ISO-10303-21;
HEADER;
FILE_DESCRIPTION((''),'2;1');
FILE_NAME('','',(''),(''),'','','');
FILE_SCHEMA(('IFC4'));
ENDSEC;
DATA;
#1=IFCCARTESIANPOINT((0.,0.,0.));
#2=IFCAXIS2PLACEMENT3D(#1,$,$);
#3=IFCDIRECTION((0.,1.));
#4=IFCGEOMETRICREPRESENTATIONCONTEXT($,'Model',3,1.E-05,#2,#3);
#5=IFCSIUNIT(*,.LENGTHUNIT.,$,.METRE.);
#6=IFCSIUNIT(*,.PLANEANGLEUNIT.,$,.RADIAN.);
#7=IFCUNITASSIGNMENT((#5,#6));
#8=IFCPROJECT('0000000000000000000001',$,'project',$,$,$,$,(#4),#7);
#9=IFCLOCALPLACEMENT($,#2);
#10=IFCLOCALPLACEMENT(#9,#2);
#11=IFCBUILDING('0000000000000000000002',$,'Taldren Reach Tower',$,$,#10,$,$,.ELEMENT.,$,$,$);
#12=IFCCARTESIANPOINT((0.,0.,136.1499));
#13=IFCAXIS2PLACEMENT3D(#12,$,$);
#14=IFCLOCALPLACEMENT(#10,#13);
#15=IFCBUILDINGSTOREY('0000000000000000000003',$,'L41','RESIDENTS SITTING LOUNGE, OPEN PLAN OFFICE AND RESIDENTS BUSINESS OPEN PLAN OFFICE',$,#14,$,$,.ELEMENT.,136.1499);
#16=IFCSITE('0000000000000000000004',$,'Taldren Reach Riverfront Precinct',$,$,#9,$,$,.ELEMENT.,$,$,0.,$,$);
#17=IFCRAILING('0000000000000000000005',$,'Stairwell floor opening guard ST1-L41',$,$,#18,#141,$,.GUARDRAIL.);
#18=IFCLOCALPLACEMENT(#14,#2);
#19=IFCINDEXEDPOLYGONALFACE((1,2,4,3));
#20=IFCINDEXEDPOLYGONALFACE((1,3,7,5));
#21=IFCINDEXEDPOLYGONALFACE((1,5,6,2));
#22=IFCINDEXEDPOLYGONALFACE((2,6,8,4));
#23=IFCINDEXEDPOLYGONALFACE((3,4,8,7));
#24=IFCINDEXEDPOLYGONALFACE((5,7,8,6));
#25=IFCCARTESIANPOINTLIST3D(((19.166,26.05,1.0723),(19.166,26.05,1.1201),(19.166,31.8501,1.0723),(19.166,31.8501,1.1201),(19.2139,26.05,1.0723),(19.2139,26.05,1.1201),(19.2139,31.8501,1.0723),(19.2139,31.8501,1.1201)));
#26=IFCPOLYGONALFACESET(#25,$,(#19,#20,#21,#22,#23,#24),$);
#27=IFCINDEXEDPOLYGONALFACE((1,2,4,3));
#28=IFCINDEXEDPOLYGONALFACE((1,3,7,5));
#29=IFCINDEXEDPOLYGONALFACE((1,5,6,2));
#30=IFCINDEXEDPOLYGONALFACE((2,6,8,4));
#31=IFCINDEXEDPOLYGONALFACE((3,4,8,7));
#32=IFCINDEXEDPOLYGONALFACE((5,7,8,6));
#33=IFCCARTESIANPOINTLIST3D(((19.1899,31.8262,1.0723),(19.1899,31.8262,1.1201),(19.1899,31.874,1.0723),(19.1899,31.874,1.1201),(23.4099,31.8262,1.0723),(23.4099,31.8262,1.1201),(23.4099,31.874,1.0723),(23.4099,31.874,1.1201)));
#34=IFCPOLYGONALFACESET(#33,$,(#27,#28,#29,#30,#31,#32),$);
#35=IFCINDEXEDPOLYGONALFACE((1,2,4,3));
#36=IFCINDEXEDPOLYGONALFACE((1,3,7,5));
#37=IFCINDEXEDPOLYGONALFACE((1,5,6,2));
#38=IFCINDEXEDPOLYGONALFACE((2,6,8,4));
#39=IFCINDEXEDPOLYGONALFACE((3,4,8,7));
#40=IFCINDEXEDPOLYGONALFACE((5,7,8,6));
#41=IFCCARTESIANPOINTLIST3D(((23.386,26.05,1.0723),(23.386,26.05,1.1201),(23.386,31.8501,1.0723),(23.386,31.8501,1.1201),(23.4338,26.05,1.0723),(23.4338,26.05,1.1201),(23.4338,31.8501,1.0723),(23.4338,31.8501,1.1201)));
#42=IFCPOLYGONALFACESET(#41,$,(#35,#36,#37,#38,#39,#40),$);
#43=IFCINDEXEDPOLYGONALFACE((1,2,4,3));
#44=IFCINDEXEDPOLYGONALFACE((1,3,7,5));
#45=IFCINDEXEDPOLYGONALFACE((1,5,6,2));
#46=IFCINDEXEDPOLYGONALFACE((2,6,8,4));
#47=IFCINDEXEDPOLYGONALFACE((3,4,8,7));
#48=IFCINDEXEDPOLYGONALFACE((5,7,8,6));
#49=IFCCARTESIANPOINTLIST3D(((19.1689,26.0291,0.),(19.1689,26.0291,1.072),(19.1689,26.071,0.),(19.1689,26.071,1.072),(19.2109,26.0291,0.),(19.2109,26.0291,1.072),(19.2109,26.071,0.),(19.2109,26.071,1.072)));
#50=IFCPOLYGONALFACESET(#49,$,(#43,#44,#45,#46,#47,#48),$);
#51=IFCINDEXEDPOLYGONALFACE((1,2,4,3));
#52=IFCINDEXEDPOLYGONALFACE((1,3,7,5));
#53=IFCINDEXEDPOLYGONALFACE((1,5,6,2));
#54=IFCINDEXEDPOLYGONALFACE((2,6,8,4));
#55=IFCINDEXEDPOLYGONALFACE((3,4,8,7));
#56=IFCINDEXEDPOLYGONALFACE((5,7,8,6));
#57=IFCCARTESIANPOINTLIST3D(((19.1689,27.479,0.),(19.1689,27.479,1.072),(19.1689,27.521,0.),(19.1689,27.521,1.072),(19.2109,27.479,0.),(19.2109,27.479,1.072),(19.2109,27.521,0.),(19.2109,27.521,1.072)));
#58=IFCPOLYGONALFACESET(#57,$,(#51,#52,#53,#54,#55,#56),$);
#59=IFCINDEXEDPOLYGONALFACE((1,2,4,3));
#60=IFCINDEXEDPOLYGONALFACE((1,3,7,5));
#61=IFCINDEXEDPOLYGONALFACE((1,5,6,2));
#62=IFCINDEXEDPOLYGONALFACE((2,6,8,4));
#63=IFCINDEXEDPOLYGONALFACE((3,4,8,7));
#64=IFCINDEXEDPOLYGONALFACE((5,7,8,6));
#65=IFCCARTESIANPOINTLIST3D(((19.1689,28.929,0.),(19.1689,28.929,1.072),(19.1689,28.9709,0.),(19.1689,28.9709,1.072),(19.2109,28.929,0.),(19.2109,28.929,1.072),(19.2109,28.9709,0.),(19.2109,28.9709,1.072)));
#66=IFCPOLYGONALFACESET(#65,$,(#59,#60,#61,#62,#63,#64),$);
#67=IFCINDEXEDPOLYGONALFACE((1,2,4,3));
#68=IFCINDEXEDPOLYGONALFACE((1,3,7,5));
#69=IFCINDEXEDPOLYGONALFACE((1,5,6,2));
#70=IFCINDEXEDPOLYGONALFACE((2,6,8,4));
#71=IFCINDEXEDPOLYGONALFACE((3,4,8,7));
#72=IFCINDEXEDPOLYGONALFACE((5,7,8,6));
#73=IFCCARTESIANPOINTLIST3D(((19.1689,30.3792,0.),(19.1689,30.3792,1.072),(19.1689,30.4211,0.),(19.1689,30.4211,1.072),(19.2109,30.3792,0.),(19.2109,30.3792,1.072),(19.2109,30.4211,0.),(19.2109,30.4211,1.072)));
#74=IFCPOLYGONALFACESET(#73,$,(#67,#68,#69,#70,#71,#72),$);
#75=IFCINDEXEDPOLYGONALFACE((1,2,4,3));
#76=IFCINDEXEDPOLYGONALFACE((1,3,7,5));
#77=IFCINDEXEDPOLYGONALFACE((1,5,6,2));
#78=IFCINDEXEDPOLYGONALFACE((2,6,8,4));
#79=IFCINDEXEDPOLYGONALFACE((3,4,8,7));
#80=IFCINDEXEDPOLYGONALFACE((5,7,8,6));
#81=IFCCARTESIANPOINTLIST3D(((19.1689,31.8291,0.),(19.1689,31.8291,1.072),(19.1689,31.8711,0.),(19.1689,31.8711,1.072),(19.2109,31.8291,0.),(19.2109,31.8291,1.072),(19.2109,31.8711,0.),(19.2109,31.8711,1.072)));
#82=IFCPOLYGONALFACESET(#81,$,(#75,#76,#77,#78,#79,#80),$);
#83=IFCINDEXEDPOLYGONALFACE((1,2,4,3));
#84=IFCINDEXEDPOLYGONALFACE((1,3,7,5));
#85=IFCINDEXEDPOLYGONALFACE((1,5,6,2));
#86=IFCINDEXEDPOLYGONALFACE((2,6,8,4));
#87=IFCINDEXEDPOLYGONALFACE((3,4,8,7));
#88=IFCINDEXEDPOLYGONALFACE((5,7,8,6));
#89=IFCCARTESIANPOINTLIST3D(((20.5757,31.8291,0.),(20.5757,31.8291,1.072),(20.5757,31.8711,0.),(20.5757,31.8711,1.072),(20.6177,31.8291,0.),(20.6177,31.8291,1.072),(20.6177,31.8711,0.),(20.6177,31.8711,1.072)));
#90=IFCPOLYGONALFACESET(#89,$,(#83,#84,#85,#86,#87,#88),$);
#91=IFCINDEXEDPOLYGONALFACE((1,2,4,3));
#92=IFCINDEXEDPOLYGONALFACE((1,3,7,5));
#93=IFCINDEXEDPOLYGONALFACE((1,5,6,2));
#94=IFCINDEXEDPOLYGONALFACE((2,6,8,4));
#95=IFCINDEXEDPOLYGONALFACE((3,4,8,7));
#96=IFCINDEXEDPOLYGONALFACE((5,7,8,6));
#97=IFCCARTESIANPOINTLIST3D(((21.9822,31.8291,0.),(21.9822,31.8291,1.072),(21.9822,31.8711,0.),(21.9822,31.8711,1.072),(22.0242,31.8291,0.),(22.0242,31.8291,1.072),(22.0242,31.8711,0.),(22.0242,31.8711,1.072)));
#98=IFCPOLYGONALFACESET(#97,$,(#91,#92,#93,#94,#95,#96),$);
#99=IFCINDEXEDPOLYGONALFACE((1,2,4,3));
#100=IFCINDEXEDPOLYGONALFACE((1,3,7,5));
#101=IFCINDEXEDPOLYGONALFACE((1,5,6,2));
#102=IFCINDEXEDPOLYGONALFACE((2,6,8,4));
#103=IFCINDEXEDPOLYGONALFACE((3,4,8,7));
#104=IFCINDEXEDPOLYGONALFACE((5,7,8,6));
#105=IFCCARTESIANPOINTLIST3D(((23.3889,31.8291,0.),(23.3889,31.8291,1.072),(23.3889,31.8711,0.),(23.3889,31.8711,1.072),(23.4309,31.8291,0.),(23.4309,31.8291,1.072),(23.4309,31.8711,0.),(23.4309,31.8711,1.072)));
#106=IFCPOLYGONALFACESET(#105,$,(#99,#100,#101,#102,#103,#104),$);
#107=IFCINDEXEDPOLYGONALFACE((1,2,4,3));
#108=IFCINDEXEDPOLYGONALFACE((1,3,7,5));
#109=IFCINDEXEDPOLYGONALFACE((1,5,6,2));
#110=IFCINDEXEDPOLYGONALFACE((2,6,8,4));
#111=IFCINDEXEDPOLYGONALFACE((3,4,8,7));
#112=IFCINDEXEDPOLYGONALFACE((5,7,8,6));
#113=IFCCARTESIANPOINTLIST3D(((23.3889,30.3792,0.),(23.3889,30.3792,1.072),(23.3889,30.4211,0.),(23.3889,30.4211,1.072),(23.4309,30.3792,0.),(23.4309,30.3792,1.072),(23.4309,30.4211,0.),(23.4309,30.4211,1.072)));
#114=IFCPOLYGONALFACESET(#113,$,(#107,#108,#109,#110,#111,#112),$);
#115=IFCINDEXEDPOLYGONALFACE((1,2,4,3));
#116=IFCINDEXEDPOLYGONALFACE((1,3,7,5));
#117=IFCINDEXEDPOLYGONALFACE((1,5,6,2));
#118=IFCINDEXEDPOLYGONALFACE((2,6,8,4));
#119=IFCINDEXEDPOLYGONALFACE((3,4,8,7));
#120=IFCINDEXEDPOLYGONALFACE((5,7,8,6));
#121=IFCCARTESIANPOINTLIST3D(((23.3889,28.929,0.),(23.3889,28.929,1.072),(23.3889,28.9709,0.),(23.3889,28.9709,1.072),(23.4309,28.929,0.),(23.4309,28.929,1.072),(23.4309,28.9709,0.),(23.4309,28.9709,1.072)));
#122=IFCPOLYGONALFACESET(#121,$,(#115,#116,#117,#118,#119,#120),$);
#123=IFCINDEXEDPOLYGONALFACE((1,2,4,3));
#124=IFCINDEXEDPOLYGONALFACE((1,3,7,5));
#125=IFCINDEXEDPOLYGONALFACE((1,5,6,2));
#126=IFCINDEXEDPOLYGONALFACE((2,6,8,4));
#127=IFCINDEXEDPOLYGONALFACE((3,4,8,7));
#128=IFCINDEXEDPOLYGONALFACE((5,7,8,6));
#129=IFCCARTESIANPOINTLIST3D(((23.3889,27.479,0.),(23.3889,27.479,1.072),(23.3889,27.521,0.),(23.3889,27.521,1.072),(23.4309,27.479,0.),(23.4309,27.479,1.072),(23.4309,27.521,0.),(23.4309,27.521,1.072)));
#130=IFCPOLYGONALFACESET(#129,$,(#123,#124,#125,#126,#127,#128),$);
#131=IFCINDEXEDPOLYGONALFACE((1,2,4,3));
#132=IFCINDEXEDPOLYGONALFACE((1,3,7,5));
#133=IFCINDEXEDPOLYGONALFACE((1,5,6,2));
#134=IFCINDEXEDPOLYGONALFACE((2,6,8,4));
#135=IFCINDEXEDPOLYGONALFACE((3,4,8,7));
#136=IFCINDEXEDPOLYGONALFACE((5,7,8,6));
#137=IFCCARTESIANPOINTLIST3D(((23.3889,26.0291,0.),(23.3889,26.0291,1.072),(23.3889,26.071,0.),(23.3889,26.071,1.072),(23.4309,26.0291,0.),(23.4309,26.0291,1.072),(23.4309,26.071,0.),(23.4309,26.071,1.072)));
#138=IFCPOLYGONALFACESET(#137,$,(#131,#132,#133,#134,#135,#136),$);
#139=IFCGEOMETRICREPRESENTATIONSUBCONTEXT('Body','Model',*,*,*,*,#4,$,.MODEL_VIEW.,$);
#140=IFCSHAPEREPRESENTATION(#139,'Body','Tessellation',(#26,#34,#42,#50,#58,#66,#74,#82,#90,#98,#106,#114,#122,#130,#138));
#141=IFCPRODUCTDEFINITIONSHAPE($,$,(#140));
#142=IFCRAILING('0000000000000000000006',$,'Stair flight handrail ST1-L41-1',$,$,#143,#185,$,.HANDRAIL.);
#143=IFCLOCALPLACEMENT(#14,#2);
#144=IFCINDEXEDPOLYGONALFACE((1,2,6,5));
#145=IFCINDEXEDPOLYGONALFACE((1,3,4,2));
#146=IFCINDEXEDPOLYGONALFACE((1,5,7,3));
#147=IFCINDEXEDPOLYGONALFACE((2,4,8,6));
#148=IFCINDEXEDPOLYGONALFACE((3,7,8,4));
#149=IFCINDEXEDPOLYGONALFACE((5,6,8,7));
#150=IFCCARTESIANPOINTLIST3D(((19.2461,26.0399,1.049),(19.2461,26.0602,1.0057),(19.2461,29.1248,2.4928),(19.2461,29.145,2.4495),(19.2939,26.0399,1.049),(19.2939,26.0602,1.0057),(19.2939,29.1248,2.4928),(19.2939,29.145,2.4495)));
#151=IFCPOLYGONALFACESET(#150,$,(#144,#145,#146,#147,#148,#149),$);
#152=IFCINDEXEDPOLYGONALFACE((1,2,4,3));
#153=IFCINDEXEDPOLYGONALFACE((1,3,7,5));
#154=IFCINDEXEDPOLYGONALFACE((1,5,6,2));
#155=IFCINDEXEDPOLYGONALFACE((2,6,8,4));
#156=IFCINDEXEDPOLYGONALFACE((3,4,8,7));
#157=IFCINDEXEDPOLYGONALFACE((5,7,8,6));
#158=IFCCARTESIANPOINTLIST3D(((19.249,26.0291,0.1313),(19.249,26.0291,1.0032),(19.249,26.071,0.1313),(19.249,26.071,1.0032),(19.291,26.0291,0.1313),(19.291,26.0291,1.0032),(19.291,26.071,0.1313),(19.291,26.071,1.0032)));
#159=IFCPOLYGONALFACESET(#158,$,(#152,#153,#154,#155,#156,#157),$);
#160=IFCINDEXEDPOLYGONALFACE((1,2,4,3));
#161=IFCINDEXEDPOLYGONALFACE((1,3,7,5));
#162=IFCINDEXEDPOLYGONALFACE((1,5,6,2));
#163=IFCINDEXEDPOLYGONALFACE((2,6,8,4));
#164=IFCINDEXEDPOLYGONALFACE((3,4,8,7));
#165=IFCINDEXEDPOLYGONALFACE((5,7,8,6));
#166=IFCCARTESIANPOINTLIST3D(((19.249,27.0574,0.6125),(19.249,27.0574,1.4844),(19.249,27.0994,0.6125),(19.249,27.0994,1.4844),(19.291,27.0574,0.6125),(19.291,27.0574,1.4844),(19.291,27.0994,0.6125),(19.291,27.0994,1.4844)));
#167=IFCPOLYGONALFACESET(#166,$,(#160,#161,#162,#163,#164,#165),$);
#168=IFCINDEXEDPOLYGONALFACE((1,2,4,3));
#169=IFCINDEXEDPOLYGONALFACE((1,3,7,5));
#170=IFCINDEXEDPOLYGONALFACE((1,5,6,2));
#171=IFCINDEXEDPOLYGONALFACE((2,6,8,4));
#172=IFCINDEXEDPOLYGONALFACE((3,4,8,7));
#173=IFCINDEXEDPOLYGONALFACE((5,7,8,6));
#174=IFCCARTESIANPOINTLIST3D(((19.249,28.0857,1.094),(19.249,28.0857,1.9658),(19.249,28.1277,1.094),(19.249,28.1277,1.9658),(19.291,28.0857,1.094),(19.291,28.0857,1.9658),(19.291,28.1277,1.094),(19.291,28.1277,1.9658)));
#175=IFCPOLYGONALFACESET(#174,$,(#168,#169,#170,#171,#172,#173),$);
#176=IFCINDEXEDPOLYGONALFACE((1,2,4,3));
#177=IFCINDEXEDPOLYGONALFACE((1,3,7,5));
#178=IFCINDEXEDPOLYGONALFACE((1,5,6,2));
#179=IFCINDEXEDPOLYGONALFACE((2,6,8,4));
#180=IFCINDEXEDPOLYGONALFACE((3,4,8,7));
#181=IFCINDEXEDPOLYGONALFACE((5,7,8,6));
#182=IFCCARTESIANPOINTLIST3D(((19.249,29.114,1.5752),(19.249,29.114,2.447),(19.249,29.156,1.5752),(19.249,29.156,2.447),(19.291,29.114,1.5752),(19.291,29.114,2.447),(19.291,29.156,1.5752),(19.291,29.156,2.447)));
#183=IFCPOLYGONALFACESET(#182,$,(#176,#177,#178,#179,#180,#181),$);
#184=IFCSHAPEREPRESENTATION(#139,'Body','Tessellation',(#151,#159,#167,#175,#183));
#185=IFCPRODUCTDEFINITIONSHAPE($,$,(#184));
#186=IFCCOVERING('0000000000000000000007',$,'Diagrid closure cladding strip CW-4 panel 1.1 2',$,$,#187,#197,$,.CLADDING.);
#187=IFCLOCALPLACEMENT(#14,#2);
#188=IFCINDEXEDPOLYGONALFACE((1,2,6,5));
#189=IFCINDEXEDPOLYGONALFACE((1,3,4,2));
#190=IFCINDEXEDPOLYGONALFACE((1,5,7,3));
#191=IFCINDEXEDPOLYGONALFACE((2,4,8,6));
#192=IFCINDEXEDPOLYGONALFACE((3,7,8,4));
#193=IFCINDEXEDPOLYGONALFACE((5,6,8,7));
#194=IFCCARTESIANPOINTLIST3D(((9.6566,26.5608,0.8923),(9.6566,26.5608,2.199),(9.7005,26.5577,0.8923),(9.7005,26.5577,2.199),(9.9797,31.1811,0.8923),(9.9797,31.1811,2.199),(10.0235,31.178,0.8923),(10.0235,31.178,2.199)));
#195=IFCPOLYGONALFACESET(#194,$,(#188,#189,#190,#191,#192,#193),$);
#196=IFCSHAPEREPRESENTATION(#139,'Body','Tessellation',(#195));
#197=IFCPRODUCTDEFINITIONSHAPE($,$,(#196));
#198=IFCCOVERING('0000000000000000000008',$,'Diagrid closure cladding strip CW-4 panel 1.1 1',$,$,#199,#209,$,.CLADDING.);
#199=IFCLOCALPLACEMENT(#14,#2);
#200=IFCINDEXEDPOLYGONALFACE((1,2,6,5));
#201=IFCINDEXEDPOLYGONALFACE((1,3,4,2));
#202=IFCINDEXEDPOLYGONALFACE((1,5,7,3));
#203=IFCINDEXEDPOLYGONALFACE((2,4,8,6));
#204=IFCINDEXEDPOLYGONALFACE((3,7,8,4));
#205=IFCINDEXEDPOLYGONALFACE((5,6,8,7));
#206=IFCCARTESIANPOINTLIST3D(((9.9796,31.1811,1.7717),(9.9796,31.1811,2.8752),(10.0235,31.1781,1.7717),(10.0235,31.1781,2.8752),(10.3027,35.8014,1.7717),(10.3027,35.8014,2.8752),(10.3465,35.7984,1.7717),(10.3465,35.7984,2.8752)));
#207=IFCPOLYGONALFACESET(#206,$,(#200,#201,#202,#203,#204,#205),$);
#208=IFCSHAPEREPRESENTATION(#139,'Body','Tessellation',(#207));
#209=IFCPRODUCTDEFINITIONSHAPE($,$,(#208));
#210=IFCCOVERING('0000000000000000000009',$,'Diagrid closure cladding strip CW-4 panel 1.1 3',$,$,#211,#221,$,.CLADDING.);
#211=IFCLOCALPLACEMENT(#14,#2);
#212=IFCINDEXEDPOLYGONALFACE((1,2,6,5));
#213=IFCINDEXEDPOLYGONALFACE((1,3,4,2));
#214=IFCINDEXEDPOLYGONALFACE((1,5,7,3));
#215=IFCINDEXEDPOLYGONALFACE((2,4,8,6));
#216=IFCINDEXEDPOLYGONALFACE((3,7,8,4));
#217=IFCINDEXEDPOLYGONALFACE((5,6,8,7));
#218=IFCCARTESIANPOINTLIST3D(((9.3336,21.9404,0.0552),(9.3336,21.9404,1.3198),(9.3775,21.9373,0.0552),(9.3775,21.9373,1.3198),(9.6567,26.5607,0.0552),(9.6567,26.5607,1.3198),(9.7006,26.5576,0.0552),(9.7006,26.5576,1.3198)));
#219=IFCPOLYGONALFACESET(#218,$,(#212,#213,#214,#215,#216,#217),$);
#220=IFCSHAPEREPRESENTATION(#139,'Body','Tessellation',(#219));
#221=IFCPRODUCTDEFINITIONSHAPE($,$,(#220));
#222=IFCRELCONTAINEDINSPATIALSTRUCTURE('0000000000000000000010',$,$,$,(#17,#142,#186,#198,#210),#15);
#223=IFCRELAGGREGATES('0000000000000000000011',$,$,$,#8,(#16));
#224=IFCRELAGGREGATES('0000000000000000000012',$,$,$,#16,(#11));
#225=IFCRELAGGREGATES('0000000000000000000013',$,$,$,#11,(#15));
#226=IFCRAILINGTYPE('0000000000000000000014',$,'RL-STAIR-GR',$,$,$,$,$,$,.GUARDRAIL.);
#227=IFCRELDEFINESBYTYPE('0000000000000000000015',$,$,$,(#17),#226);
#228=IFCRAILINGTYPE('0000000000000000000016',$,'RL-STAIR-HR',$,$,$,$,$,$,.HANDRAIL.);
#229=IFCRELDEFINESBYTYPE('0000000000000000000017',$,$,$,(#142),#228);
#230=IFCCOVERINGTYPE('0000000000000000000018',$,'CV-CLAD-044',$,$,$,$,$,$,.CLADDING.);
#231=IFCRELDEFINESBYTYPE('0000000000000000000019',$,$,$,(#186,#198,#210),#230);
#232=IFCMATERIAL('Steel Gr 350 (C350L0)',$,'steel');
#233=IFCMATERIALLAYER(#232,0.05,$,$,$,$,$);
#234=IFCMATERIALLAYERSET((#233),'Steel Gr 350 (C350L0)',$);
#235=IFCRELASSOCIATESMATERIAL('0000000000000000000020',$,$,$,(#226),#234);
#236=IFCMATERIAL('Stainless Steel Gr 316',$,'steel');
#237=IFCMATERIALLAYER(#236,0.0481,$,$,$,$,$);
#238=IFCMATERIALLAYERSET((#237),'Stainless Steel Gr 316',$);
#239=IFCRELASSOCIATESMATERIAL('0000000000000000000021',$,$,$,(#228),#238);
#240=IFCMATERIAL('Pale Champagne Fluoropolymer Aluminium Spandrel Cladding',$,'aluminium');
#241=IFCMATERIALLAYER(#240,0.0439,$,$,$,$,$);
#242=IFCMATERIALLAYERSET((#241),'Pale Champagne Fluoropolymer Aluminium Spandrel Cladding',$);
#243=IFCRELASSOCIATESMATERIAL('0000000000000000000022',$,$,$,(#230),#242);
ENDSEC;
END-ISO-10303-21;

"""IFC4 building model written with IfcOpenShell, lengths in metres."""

from ifc_helpers import new_model, si_unit, direction, frame, origin, origin_2d, place, context, subcontext, project, spatial, rectangle, extrude, source, transform, mapped, material, layer, layer_set, type_object, element, save


model = new_model("IFC4")

# Units and contexts
model_context = context("Model", 3, precision=1e-05, world=origin(), true_north=direction((0.0, 1.0)))
body_context = subcontext(model_context, "Body", "Model", "MODEL_VIEW")
ifc_project = project(units=[si_unit("LENGTHUNIT", "METRE"), si_unit("PLANEANGLEUNIT", "RADIAN")], contexts=[model_context])

# Site, building, storey
site_placement = place(None, origin())
site = spatial("IfcSite", under=ifc_project, at=site_placement, Name="Taldren Reach Riverfront Precinct", CompositionType="ELEMENT", RefElevation=0.0)
building_placement = place(site_placement, origin())
building = spatial("IfcBuilding", under=site, at=building_placement, Name="Taldren Reach Tower", CompositionType="ELEMENT")
storey_placement = place(building_placement, frame((0.0, 0.0, 136.1499)))
storey = spatial("IfcBuildingStorey", under=building, at=storey_placement, Name="L41", Description="RESIDENTS SITTING LOUNGE, OPEN PLAN OFFICE AND RESIDENTS BUSINESS OPEN PLAN OFFICE", CompositionType="ELEMENT", Elevation=136.1499)

# Shared definitions
ifc_material_1 = material(Name="Steel Gr 350 (C350L0)", Category="steel")

# Railings
ifc_layer_1 = layer(ifc_material_1, 0.05)
ifc_layer_set_1 = layer_set([ifc_layer_1], Name="Steel Gr 350 (C350L0)")
railing_type_1 = type_object("IfcRailingType", Name="RL-STAIR-GR", PredefinedType="GUARDRAIL", material=ifc_layer_set_1)
railing_1_placement = place(storey_placement, frame((19.1899, 26.05, 0.0)))
element("IfcRailing", 1, at=railing_1_placement, inside=storey, type_object=railing_type_1, Name="Stairwell floor opening guard ST1-L41", PredefinedType="GUARDRAIL", context=body_context, shape_type="SweptSolid", body=[
    extrude(rectangle(XDim=0.0479, YDim=0.0479, at=origin_2d()), frame((0.0, 0.0, 1.0962), z_axis=(0.0, 1.0, 0.0), x_axis=(-1.0, 0.0, 0.0)), (0.0, 0.0, 1.0), 5.8),
    extrude(rectangle(XDim=0.0479, YDim=0.0479, at=origin_2d()), frame((0.0, 5.8, 1.0962), z_axis=(1.0, 0.0, 0.0), x_axis=(0.0, 1.0, 0.0)), (0.0, 0.0, 1.0), 4.22),
    extrude(rectangle(XDim=0.0479, YDim=0.0479, at=origin_2d()), frame((4.22, 5.8, 1.0962), z_axis=(0.0, -1.0, 0.0), x_axis=(1.0, 0.0, 0.0)), (0.0, 0.0, 1.0), 5.8),
    extrude(rectangle(XDim=0.042, YDim=0.042, at=origin_2d()), origin(), (0.0, 0.0, 1.0), 1.072),
    extrude(rectangle(XDim=0.042, YDim=0.042, at=origin_2d()), frame((0.0, 1.45, 0.0)), (0.0, 0.0, 1.0), 1.072),
    extrude(rectangle(XDim=0.042, YDim=0.042, at=origin_2d()), frame((0.0, 2.8999, 0.0)), (0.0, 0.0, 1.0), 1.072),
    extrude(rectangle(XDim=0.042, YDim=0.042, at=origin_2d()), frame((0.0, 4.3501, 0.0)), (0.0, 0.0, 1.0), 1.072),
    extrude(rectangle(XDim=0.042, YDim=0.042, at=origin_2d()), frame((0.0, 5.8, 0.0)), (0.0, 0.0, 1.0), 1.072),
    extrude(rectangle(XDim=0.042, YDim=0.042, at=origin_2d()), frame((1.4067, 5.8, 0.0)), (0.0, 0.0, 1.0), 1.072),
    extrude(rectangle(XDim=0.042, YDim=0.042, at=origin_2d()), frame((2.8132, 5.8, 0.0)), (0.0, 0.0, 1.0), 1.072),
    extrude(rectangle(XDim=0.042, YDim=0.042, at=origin_2d()), frame((4.22, 5.8, 0.0)), (0.0, 0.0, 1.0), 1.072),
    extrude(rectangle(XDim=0.042, YDim=0.042, at=origin_2d()), frame((4.22, 4.3501, 0.0)), (0.0, 0.0, 1.0), 1.072),
    extrude(rectangle(XDim=0.042, YDim=0.042, at=origin_2d()), frame((4.22, 2.8999, 0.0)), (0.0, 0.0, 1.0), 1.072),
    extrude(rectangle(XDim=0.042, YDim=0.042, at=origin_2d()), frame((4.22, 1.45, 0.0)), (0.0, 0.0, 1.0), 1.072),
    extrude(rectangle(XDim=0.042, YDim=0.042, at=origin_2d()), frame((4.22, 0.0, 0.0)), (0.0, 0.0, 1.0), 1.072),
])
ifc_material_2 = material(Name="Stainless Steel Gr 316", Category="steel")
ifc_layer_2 = layer(ifc_material_2, 0.0481)
ifc_layer_set_2 = layer_set([ifc_layer_2], Name="Stainless Steel Gr 316")
railing_type_2 = type_object("IfcRailingType", Name="RL-STAIR-HR", PredefinedType="HANDRAIL", material=ifc_layer_set_2)
railing_2_placement = place(storey_placement, frame((19.27, 26.05, 0.1313)))
element("IfcRailing", 2, at=railing_2_placement, inside=storey, type_object=railing_type_2, Name="Stair flight handrail ST1-L41-1", PredefinedType="HANDRAIL", context=body_context, shape_type="SweptSolid", body=[
    extrude(rectangle(XDim=0.0479, YDim=0.0479, at=origin_2d()), frame((0.0, 0.0, 0.896), z_axis=(0.0, 0.90571, 0.423898), x_axis=(-1.0, 0.0, 0.0)), (0.0, 0.0, 1.0), 3.406),
    extrude(rectangle(XDim=0.042, YDim=0.042, at=origin_2d()), origin(), (0.0, 0.0, 1.0), 0.8718),
    extrude(rectangle(XDim=0.042, YDim=0.042, at=origin_2d()), frame((0.0, 1.0283, 0.4812)), (0.0, 0.0, 1.0), 0.8718),
    extrude(rectangle(XDim=0.042, YDim=0.042, at=origin_2d()), frame((0.0, 2.0566, 0.9626)), (0.0, 0.0, 1.0), 0.8718),
    extrude(rectangle(XDim=0.042, YDim=0.042, at=origin_2d()), frame((0.0, 3.085, 1.4438)), (0.0, 0.0, 1.0), 0.8718),
])

# Coverings
ifc_material_3 = material(Name="Pale Champagne Fluoropolymer Aluminium Spandrel Cladding", Category="aluminium")
ifc_layer_3 = layer(ifc_material_3, 0.0439)
ifc_layer_set_3 = layer_set([ifc_layer_3], Name="Pale Champagne Fluoropolymer Aluminium Spandrel Cladding")
covering_type = type_object("IfcCoveringType", Name="CV-CLAD-044", PredefinedType="CLADDING", material=ifc_layer_set_3)
shared_shape_1 = source(origin(), body_context, "Body", "SweptSolid", [
    extrude(rectangle(XDim=4.6316, YDim=0.0439, at=origin_2d()), origin(), (0.0, 0.0, 1.0), 1.3066),
])
covering_1_placement = place(storey_placement, frame((9.8401, 28.8694, 0.8923), z_axis=(0.0, 0.0, 1.0), x_axis=(-0.069756, -0.997564, 0.0)))
element("IfcCovering", 3, at=covering_1_placement, inside=storey, type_object=covering_type, Name="Diagrid closure cladding strip CW-4 panel 1.1 2", PredefinedType="CLADDING", context=body_context, shape_type="MappedRepresentation", body=[
    mapped(shared_shape_1, transform((0.0, 0.0, 0.0), scale=1.0)),
])
shared_shape_2 = source(origin(), body_context, "Body", "SweptSolid", [
    extrude(rectangle(XDim=4.6316, YDim=0.0439, at=origin_2d()), origin(), (0.0, 0.0, 1.0), 1.1035),
])
covering_2_placement = place(storey_placement, frame((10.1631, 33.4897, 1.7717), z_axis=(0.0, 0.0, 1.0), x_axis=(-0.069756, -0.997564, 0.0)))
element("IfcCovering", 4, at=covering_2_placement, inside=storey, type_object=covering_type, Name="Diagrid closure cladding strip CW-4 panel 1.1 1", PredefinedType="CLADDING", context=body_context, shape_type="MappedRepresentation", body=[
    mapped(shared_shape_2, transform((0.0, 0.0, 0.0), scale=1.0)),
])
shared_shape_3 = source(origin(), body_context, "Body", "SweptSolid", [
    extrude(rectangle(XDim=4.6316, YDim=0.0439, at=origin_2d()), origin(), (0.0, 0.0, 1.0), 1.2646),
])
covering_3_placement = place(storey_placement, frame((9.5171, 24.249, 0.0552), z_axis=(0.0, 0.0, 1.0), x_axis=(-0.069756, -0.997564, 0.0)))
element("IfcCovering", 5, at=covering_3_placement, inside=storey, type_object=covering_type, Name="Diagrid closure cladding strip CW-4 panel 1.1 3", PredefinedType="CLADDING", context=body_context, shape_type="MappedRepresentation", body=[
    mapped(shared_shape_3, transform((0.0, 0.0, 0.0), scale=1.0)),
])

save(model, "model.ifc")
